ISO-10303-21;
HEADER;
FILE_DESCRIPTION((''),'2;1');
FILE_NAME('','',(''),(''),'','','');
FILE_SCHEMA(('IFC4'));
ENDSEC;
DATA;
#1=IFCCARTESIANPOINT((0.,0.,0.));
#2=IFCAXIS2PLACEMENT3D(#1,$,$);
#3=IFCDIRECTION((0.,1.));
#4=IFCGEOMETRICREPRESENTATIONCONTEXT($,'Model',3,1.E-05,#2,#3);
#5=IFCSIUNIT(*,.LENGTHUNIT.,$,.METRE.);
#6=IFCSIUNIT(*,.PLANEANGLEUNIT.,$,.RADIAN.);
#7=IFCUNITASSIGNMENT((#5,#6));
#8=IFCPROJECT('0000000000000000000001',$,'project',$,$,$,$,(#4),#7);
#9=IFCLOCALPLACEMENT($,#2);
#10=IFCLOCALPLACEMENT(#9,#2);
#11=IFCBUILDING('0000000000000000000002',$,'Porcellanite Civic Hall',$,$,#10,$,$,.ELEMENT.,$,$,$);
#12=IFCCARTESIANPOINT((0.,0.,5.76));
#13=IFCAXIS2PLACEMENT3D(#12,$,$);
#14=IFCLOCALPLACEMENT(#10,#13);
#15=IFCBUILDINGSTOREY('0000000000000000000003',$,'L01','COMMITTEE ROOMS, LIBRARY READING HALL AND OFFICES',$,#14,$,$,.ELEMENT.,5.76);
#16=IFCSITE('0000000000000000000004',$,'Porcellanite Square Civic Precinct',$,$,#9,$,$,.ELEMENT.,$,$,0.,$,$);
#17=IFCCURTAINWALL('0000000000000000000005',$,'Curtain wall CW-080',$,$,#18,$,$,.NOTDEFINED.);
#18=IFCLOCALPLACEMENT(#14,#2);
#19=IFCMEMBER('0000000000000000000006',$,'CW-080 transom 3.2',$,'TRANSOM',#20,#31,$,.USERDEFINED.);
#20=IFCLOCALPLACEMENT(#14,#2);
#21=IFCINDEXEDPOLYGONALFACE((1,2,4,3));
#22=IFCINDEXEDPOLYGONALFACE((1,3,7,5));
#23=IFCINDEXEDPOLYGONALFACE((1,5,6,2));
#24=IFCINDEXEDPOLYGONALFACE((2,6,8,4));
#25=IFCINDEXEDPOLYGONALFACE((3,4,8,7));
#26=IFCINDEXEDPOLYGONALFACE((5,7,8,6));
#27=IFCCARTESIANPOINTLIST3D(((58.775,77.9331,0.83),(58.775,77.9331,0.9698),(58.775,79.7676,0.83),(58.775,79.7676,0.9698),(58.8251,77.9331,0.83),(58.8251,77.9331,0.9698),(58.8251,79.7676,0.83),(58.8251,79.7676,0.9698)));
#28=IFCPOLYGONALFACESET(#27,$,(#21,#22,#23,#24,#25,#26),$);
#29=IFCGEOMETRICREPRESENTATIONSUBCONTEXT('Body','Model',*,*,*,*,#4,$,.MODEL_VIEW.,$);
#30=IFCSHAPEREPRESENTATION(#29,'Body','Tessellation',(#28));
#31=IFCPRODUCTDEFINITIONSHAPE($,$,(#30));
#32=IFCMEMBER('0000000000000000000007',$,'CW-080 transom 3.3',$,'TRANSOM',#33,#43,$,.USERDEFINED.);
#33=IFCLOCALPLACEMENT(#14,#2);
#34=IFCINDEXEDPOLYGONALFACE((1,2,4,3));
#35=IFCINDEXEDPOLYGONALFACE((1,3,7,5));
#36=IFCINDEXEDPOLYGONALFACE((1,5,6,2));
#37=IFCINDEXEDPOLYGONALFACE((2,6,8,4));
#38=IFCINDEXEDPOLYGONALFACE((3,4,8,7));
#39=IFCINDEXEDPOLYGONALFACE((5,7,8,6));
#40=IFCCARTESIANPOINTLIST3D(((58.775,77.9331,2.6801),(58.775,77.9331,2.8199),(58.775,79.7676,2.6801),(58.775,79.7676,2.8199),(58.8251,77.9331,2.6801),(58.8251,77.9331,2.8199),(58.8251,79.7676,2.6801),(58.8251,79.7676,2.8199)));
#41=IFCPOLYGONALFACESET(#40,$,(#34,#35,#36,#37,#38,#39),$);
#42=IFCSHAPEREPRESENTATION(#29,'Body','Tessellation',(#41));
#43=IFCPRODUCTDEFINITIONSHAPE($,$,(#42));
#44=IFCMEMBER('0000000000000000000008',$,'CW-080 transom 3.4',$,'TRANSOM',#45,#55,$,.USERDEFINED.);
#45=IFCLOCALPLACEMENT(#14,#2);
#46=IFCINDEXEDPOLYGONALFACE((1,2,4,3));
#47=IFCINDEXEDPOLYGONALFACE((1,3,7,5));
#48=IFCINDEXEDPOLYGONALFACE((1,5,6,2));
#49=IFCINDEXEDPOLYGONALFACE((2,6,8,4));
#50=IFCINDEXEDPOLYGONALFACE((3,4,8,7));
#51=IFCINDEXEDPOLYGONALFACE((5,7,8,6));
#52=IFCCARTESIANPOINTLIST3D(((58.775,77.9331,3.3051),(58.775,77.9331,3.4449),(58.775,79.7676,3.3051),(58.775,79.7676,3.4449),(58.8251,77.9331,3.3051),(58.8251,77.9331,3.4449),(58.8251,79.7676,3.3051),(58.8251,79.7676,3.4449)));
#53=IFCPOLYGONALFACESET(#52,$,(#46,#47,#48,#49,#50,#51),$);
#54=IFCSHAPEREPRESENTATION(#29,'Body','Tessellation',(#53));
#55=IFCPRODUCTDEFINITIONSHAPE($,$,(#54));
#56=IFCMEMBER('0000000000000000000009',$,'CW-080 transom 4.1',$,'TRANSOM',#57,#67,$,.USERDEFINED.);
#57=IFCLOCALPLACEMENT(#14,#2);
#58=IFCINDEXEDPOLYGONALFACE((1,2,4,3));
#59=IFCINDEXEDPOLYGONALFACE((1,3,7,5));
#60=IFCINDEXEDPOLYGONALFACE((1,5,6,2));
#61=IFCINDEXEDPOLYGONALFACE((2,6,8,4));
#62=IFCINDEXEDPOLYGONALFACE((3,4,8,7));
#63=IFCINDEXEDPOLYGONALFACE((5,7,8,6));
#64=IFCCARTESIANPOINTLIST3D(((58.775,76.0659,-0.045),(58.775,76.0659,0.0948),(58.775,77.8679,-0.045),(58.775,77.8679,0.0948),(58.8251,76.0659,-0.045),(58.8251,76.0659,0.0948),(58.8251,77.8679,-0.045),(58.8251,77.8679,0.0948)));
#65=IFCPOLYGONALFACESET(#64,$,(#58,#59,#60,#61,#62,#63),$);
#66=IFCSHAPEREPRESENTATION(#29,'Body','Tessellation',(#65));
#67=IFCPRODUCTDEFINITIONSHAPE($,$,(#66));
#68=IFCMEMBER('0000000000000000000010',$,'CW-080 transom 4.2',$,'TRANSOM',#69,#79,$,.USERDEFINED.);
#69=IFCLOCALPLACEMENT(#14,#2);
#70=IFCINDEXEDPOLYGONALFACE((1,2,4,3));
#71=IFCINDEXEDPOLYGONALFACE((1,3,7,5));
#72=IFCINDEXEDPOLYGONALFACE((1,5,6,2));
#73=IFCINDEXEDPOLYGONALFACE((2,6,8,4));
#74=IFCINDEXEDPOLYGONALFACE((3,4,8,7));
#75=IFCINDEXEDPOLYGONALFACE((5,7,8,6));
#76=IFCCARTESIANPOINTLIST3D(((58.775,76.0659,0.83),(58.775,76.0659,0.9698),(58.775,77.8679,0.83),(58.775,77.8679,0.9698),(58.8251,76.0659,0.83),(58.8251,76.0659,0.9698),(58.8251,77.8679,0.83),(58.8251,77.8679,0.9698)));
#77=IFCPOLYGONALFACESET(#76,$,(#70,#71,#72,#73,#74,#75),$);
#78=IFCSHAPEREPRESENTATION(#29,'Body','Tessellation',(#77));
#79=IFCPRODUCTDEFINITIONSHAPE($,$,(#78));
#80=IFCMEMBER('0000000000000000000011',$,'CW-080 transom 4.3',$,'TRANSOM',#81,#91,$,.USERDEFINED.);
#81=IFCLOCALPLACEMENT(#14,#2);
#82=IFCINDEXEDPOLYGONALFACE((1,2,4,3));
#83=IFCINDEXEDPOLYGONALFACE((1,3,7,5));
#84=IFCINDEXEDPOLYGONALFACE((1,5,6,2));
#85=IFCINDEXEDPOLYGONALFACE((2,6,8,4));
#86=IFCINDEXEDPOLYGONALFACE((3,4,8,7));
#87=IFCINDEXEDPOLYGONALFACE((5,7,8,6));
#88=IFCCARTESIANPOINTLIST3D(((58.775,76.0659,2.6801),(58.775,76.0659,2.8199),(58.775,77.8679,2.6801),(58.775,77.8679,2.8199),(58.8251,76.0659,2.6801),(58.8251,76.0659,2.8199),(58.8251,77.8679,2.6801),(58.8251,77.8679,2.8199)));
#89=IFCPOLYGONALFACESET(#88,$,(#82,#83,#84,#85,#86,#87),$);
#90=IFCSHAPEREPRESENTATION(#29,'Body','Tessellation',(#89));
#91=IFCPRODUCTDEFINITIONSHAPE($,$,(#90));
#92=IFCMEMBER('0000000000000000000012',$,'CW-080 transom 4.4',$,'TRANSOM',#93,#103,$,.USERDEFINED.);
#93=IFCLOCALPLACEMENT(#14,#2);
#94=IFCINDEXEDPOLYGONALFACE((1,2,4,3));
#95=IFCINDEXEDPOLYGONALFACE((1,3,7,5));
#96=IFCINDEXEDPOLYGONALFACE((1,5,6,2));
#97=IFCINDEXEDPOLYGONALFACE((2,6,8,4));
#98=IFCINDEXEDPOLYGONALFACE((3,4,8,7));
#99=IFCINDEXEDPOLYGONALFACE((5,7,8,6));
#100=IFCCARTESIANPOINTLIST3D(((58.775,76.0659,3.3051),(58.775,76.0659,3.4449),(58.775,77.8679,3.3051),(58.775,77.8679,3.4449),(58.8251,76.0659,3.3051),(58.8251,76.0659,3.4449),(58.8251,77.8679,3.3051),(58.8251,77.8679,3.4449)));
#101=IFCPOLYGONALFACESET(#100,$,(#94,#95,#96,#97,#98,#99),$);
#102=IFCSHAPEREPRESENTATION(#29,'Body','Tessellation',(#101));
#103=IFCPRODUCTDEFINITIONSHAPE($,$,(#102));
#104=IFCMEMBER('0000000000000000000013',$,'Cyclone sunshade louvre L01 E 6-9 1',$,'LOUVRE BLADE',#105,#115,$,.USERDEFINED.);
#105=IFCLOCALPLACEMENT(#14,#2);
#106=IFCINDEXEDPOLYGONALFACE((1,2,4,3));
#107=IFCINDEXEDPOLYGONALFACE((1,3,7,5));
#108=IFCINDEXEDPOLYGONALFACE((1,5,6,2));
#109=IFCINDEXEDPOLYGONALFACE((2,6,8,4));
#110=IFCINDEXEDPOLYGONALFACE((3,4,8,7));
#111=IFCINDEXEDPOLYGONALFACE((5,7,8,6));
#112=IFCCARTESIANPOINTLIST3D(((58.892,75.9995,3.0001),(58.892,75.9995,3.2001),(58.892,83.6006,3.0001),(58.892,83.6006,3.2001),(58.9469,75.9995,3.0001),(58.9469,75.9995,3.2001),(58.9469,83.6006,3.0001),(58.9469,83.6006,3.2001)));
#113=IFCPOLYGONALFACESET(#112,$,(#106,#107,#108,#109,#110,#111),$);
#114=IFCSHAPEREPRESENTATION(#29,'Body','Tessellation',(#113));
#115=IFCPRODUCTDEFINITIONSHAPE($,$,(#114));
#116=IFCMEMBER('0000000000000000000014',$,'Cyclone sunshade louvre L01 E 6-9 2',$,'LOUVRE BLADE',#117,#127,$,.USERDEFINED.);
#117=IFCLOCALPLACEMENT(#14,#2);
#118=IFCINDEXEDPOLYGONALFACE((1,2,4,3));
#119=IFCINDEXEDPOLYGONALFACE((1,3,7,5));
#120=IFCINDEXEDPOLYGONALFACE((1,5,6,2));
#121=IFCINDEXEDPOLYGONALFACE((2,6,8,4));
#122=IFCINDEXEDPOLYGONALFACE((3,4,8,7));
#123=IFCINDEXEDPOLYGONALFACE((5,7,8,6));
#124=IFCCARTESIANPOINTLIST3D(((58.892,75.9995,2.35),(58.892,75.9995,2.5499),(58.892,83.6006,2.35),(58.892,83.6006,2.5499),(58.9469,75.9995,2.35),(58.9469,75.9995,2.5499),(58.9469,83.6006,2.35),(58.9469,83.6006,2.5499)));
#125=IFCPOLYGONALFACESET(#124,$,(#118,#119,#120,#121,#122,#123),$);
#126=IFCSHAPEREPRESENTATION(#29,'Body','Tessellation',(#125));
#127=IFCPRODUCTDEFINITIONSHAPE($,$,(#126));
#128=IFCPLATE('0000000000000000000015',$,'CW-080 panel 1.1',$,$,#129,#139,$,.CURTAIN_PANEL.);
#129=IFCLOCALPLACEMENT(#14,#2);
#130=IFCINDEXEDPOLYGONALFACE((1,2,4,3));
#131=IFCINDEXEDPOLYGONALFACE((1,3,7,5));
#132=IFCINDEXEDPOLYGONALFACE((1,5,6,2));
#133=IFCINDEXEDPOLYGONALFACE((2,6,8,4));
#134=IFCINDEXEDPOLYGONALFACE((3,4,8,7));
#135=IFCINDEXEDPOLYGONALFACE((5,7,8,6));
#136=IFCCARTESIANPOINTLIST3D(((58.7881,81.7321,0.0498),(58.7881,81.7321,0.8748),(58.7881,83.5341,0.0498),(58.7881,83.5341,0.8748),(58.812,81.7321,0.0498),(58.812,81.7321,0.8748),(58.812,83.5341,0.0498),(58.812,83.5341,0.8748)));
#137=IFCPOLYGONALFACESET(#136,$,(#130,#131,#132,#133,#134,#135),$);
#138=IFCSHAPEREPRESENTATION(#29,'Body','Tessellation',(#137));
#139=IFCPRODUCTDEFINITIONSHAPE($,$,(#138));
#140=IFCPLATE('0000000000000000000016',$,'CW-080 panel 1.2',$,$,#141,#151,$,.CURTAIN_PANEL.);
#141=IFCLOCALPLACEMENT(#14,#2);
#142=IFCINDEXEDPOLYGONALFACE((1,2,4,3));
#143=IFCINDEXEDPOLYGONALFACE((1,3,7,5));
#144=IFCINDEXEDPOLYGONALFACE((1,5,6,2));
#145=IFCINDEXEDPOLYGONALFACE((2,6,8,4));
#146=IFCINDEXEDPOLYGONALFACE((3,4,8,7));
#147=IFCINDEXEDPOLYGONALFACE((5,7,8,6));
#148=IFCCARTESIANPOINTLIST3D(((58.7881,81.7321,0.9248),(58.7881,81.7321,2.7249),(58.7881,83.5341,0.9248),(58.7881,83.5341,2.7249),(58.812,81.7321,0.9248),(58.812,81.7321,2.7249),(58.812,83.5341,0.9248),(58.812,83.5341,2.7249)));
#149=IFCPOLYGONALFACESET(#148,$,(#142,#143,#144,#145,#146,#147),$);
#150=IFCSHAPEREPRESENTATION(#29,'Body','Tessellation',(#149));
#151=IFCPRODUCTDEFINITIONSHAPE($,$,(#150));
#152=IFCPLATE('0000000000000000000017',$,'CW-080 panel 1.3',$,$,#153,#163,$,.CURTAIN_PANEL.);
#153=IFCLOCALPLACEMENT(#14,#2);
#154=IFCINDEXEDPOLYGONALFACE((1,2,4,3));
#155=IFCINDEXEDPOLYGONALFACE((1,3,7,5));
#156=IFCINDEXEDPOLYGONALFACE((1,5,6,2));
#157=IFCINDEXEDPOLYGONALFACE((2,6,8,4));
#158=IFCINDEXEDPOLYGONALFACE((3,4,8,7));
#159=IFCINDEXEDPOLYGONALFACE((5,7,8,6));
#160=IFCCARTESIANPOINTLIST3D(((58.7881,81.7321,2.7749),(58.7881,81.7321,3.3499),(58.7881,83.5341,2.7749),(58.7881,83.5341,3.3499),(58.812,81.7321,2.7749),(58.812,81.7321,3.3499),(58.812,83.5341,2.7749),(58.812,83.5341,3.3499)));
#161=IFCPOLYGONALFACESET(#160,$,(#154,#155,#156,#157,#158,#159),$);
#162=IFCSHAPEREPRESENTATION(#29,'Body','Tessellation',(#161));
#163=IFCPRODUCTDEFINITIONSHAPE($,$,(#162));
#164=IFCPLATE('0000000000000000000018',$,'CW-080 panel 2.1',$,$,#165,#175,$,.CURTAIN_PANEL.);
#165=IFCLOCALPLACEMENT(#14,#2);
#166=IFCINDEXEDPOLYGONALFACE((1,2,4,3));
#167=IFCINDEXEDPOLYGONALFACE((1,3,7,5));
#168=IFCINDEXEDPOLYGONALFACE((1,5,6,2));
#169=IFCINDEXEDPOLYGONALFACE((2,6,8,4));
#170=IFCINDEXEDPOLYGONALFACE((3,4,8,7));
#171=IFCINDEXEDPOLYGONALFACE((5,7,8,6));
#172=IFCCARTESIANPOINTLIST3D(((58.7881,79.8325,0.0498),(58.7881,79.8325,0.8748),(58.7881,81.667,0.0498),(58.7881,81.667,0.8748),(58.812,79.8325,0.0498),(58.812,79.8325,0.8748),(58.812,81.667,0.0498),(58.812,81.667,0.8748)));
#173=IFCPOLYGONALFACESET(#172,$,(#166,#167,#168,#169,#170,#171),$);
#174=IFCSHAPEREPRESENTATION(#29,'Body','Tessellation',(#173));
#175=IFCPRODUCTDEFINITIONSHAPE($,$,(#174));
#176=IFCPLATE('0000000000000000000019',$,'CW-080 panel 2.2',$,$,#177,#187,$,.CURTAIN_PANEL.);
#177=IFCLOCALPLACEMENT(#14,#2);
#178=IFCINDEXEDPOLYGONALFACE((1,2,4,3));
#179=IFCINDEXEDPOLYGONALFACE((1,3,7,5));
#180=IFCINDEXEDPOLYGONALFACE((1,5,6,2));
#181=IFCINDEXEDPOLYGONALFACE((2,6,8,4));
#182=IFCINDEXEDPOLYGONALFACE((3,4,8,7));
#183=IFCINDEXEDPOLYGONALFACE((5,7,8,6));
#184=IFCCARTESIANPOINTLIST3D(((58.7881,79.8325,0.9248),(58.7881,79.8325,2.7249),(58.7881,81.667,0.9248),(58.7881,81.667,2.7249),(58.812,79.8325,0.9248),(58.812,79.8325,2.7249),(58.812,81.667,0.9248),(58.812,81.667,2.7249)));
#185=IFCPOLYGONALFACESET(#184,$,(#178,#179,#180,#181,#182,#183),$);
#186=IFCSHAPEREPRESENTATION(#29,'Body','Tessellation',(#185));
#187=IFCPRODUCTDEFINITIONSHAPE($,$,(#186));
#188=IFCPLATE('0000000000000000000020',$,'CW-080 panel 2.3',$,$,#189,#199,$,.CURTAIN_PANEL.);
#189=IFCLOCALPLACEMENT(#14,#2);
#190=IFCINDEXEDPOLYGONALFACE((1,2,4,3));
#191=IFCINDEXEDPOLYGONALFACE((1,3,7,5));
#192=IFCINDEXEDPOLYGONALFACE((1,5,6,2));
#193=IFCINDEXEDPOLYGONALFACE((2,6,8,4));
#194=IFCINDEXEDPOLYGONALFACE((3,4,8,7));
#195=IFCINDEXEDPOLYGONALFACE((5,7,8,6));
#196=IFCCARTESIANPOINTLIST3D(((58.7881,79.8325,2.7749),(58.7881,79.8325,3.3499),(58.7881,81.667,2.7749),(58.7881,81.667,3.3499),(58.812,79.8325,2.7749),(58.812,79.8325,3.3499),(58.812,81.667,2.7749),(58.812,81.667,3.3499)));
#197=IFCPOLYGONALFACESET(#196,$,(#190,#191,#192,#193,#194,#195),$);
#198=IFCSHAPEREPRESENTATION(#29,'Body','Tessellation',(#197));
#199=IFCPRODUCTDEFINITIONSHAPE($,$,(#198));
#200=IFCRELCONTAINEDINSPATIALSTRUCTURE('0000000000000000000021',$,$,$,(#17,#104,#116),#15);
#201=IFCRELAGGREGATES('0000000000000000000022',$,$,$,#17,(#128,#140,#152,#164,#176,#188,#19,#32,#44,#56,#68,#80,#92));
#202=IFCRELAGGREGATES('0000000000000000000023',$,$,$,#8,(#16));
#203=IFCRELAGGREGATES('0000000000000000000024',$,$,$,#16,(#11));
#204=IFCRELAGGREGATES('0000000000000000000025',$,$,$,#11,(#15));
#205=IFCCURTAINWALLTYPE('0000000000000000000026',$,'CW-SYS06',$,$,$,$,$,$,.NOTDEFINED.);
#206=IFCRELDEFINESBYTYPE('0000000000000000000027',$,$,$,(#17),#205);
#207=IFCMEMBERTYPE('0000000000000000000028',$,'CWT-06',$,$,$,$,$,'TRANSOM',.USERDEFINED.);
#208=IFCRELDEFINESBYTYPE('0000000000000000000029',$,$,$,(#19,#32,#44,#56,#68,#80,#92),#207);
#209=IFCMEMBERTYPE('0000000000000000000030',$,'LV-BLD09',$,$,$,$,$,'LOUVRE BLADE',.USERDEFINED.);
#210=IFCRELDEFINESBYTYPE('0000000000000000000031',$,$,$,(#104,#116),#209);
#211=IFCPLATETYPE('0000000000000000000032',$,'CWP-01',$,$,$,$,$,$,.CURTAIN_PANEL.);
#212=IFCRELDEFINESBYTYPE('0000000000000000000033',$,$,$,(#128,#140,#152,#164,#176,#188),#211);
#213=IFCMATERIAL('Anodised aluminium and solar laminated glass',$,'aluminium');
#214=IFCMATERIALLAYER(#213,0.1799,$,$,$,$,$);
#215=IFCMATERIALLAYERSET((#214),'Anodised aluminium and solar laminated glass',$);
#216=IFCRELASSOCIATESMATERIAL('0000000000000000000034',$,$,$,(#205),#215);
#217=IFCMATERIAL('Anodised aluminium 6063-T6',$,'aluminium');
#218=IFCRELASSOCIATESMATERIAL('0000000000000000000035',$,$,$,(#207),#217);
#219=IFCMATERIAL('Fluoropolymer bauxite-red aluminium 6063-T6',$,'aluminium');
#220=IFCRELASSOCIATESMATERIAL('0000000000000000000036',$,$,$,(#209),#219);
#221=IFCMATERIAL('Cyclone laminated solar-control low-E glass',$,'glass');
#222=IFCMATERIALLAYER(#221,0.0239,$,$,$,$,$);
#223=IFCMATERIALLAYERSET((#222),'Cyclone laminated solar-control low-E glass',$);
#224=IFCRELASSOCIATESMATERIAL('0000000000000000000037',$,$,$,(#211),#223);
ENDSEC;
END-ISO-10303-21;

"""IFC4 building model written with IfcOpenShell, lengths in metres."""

from ifc_helpers import new_model, si_unit, direction, frame, origin, origin_2d, place, context, subcontext, project, spatial, rectangle, extrude, material, layer, layer_set, material_profile, profile_set, type_object, element, aggregate, save


model = new_model("IFC4")

# Units and contexts
model_context = context("Model", 3, precision=1e-05, world=origin(), true_north=direction((0.0, 1.0)))
body_context = subcontext(model_context, "Body", "Model", "MODEL_VIEW")
ifc_project = project(units=[si_unit("LENGTHUNIT", "METRE"), si_unit("PLANEANGLEUNIT", "RADIAN")], contexts=[model_context])

# Site, building, storey
site_placement = place(None, origin())
site = spatial("IfcSite", under=ifc_project, at=site_placement, Name="Porcellanite Square Civic Precinct", CompositionType="ELEMENT", RefElevation=0.0)
building_placement = place(site_placement, origin())
building = spatial("IfcBuilding", under=site, at=building_placement, Name="Porcellanite Civic Hall", CompositionType="ELEMENT")
storey_placement = place(building_placement, frame((0.0, 0.0, 5.76)))
storey = spatial("IfcBuildingStorey", under=building, at=storey_placement, Name="L01", Description="COMMITTEE ROOMS, LIBRARY READING HALL AND OFFICES", CompositionType="ELEMENT", Elevation=5.76)

# Curtain wall, members
ifc_material_1 = material(Name="Anodised aluminium and solar laminated glass", Category="aluminium")
ifc_layer_1 = layer(ifc_material_1, 0.1799)
ifc_layer_set_1 = layer_set([ifc_layer_1], Name="Anodised aluminium and solar laminated glass")
curtain_wall_type = type_object("IfcCurtainWallType", Name="CW-SYS06", PredefinedType="NOTDEFINED", material=ifc_layer_set_1)
curtain_wall_placement = place(storey_placement, origin())
curtain_wall = element("IfcCurtainWall", 1, at=curtain_wall_placement, inside=storey, type_object=curtain_wall_type, Name="Curtain wall CW-080", PredefinedType="NOTDEFINED")
ifc_material_2 = material(Name="Anodised aluminium 6063-T6", Category="aluminium")
ifc_material_profile_1 = material_profile(ifc_material_2, rectangle(XDim=0.05, YDim=0.1399, at=origin_2d()), Name="AL-50x140")
ifc_profile_set_1 = profile_set([ifc_material_profile_1], Name="Anodised aluminium 6063-T6")
member_type_1 = type_object("IfcMemberType", Name="CWT-06", ElementType="TRANSOM", PredefinedType="USERDEFINED", material=ifc_profile_set_1)
member_1_placement = place(storey_placement, frame((58.8, 79.7676, 0.8999), z_axis=(0.0, -1.0, 0.0), x_axis=(1.0, 0.0, 0.0)))
member_1 = element("IfcMember", 2, at=member_1_placement, type_object=member_type_1, Name="CW-080 transom 3.2", ObjectType="TRANSOM", PredefinedType="USERDEFINED", context=body_context, shape_type="SweptSolid", body=[
    extrude(rectangle(XDim=0.05, YDim=0.1399, at=origin_2d()), origin(), (0.0, 0.0, 1.0), 1.8345),
])
member_2_placement = place(storey_placement, frame((58.8, 79.7676, 2.75), z_axis=(0.0, -1.0, 0.0), x_axis=(1.0, 0.0, 0.0)))
member_2 = element("IfcMember", 3, at=member_2_placement, type_object=member_type_1, Name="CW-080 transom 3.3", ObjectType="TRANSOM", PredefinedType="USERDEFINED", context=body_context, shape_type="SweptSolid", body=[
    extrude(rectangle(XDim=0.05, YDim=0.1399, at=origin_2d()), origin(), (0.0, 0.0, 1.0), 1.8345),
])
member_3_placement = place(storey_placement, frame((58.8, 79.7676, 3.375), z_axis=(0.0, -1.0, 0.0), x_axis=(1.0, 0.0, 0.0)))
member_3 = element("IfcMember", 4, at=member_3_placement, type_object=member_type_1, Name="CW-080 transom 3.4", ObjectType="TRANSOM", PredefinedType="USERDEFINED", context=body_context, shape_type="SweptSolid", body=[
    extrude(rectangle(XDim=0.05, YDim=0.1399, at=origin_2d()), origin(), (0.0, 0.0, 1.0), 1.8345),
])
member_4_placement = place(storey_placement, frame((58.8, 77.8679, 0.0249), z_axis=(0.0, -1.0, 0.0), x_axis=(1.0, 0.0, 0.0)))
member_4 = element("IfcMember", 5, at=member_4_placement, type_object=member_type_1, Name="CW-080 transom 4.1", ObjectType="TRANSOM", PredefinedType="USERDEFINED", context=body_context, shape_type="SweptSolid", body=[
    extrude(rectangle(XDim=0.05, YDim=0.1399, at=origin_2d()), origin(), (0.0, 0.0, 1.0), 1.802),
])
member_5_placement = place(storey_placement, frame((58.8, 77.8679, 0.8999), z_axis=(0.0, -1.0, 0.0), x_axis=(1.0, 0.0, 0.0)))
member_5 = element("IfcMember", 6, at=member_5_placement, type_object=member_type_1, Name="CW-080 transom 4.2", ObjectType="TRANSOM", PredefinedType="USERDEFINED", context=body_context, shape_type="SweptSolid", body=[
    extrude(rectangle(XDim=0.05, YDim=0.1399, at=origin_2d()), origin(), (0.0, 0.0, 1.0), 1.802),
])
member_6_placement = place(storey_placement, frame((58.8, 77.8679, 2.75), z_axis=(0.0, -1.0, 0.0), x_axis=(1.0, 0.0, 0.0)))
member_6 = element("IfcMember", 7, at=member_6_placement, type_object=member_type_1, Name="CW-080 transom 4.3", ObjectType="TRANSOM", PredefinedType="USERDEFINED", context=body_context, shape_type="SweptSolid", body=[
    extrude(rectangle(XDim=0.05, YDim=0.1399, at=origin_2d()), origin(), (0.0, 0.0, 1.0), 1.802),
])
member_7_placement = place(storey_placement, frame((58.8, 77.8679, 3.375), z_axis=(0.0, -1.0, 0.0), x_axis=(1.0, 0.0, 0.0)))
member_7 = element("IfcMember", 8, at=member_7_placement, type_object=member_type_1, Name="CW-080 transom 4.4", ObjectType="TRANSOM", PredefinedType="USERDEFINED", context=body_context, shape_type="SweptSolid", body=[
    extrude(rectangle(XDim=0.05, YDim=0.1399, at=origin_2d()), origin(), (0.0, 0.0, 1.0), 1.802),
])

# Members
ifc_material_3 = material(Name="Fluoropolymer bauxite-red aluminium 6063-T6", Category="aluminium")
ifc_material_profile_2 = material_profile(ifc_material_3, rectangle(XDim=0.0549, YDim=0.2, at=origin_2d()), Name="AL-55x200")
ifc_profile_set_2 = profile_set([ifc_material_profile_2], Name="Fluoropolymer bauxite-red aluminium 6063-T6")
member_type_2 = type_object("IfcMemberType", Name="LV-BLD09", ElementType="LOUVRE BLADE", PredefinedType="USERDEFINED", material=ifc_profile_set_2)
for number, where, z_axis, x_axis, name in (
    (9, (58.9194, 83.6006, 3.1001), (0.0, -1.0, 0.0), (1.0, 0.0, 0.0), "Cyclone sunshade louvre L01 E 6-9 1"),
    (10, (58.9194, 83.6006, 2.45), (0.0, -1.0, 0.0), (1.0, 0.0, 0.0), "Cyclone sunshade louvre L01 E 6-9 2"),
):
    element("IfcMember", number, at=place(storey_placement, frame(where, z_axis=z_axis, x_axis=x_axis)), inside=storey, type_object=member_type_2, Name=name, ObjectType="LOUVRE BLADE", PredefinedType="USERDEFINED", context=body_context, shape_type="SweptSolid", body=[
        extrude(rectangle(XDim=0.0549, YDim=0.2, at=origin_2d()), origin(), (0.0, 0.0, 1.0), 7.6011),
    ])

# Plates
ifc_material_4 = material(Name="Cyclone laminated solar-control low-E glass", Category="glass")
ifc_layer_2 = layer(ifc_material_4, 0.0239)
ifc_layer_set_2 = layer_set([ifc_layer_2], Name="Cyclone laminated solar-control low-E glass")
plate_type = type_object("IfcPlateType", Name="CWP-01", PredefinedType="CURTAIN_PANEL", material=ifc_layer_set_2)
plate_1_placement = place(storey_placement, frame((58.8, 82.6331, 0.0498), z_axis=(0.0, 0.0, 1.0), x_axis=(0.0, -1.0, 0.0)))
plate_1 = element("IfcPlate", 11, at=plate_1_placement, type_object=plate_type, Name="CW-080 panel 1.1", PredefinedType="CURTAIN_PANEL", context=body_context, shape_type="SweptSolid", body=[
    extrude(rectangle(XDim=1.802, YDim=0.0239, at=origin_2d()), origin(), (0.0, 0.0, 1.0), 0.825),
])
plate_2_placement = place(storey_placement, frame((58.8, 82.6331, 0.9248), z_axis=(0.0, 0.0, 1.0), x_axis=(0.0, -1.0, 0.0)))
plate_2 = element("IfcPlate", 12, at=plate_2_placement, type_object=plate_type, Name="CW-080 panel 1.2", PredefinedType="CURTAIN_PANEL", context=body_context, shape_type="SweptSolid", body=[
    extrude(rectangle(XDim=1.802, YDim=0.0239, at=origin_2d()), origin(), (0.0, 0.0, 1.0), 1.8),
])
plate_3_placement = place(storey_placement, frame((58.8, 82.6331, 2.7749), z_axis=(0.0, 0.0, 1.0), x_axis=(0.0, -1.0, 0.0)))
plate_3 = element("IfcPlate", 13, at=plate_3_placement, type_object=plate_type, Name="CW-080 panel 1.3", PredefinedType="CURTAIN_PANEL", context=body_context, shape_type="SweptSolid", body=[
    extrude(rectangle(XDim=1.802, YDim=0.0239, at=origin_2d()), origin(), (0.0, 0.0, 1.0), 0.575),
])
plate_4_placement = place(storey_placement, frame((58.8, 80.7498, 0.0498), z_axis=(0.0, 0.0, 1.0), x_axis=(0.0, -1.0, 0.0)))
plate_4 = element("IfcPlate", 14, at=plate_4_placement, type_object=plate_type, Name="CW-080 panel 2.1", PredefinedType="CURTAIN_PANEL", context=body_context, shape_type="SweptSolid", body=[
    extrude(rectangle(XDim=1.8345, YDim=0.0239, at=origin_2d()), origin(), (0.0, 0.0, 1.0), 0.825),
])
plate_5_placement = place(storey_placement, frame((58.8, 80.7498, 0.9248), z_axis=(0.0, 0.0, 1.0), x_axis=(0.0, -1.0, 0.0)))
plate_5 = element("IfcPlate", 15, at=plate_5_placement, type_object=plate_type, Name="CW-080 panel 2.2", PredefinedType="CURTAIN_PANEL", context=body_context, shape_type="SweptSolid", body=[
    extrude(rectangle(XDim=1.8345, YDim=0.0239, at=origin_2d()), origin(), (0.0, 0.0, 1.0), 1.8),
])
plate_6_placement = place(storey_placement, frame((58.8, 80.7498, 2.7749), z_axis=(0.0, 0.0, 1.0), x_axis=(0.0, -1.0, 0.0)))
plate_6 = element("IfcPlate", 16, at=plate_6_placement, type_object=plate_type, Name="CW-080 panel 2.3", PredefinedType="CURTAIN_PANEL", context=body_context, shape_type="SweptSolid", body=[
    extrude(rectangle(XDim=1.8345, YDim=0.0239, at=origin_2d()), origin(), (0.0, 0.0, 1.0), 0.575),
])
aggregate(curtain_wall, [plate_1, plate_2, plate_3, plate_4, plate_5, plate_6, member_1, member_2, member_3, member_4, member_5, member_6, member_7])

save(model, "model.ifc")
